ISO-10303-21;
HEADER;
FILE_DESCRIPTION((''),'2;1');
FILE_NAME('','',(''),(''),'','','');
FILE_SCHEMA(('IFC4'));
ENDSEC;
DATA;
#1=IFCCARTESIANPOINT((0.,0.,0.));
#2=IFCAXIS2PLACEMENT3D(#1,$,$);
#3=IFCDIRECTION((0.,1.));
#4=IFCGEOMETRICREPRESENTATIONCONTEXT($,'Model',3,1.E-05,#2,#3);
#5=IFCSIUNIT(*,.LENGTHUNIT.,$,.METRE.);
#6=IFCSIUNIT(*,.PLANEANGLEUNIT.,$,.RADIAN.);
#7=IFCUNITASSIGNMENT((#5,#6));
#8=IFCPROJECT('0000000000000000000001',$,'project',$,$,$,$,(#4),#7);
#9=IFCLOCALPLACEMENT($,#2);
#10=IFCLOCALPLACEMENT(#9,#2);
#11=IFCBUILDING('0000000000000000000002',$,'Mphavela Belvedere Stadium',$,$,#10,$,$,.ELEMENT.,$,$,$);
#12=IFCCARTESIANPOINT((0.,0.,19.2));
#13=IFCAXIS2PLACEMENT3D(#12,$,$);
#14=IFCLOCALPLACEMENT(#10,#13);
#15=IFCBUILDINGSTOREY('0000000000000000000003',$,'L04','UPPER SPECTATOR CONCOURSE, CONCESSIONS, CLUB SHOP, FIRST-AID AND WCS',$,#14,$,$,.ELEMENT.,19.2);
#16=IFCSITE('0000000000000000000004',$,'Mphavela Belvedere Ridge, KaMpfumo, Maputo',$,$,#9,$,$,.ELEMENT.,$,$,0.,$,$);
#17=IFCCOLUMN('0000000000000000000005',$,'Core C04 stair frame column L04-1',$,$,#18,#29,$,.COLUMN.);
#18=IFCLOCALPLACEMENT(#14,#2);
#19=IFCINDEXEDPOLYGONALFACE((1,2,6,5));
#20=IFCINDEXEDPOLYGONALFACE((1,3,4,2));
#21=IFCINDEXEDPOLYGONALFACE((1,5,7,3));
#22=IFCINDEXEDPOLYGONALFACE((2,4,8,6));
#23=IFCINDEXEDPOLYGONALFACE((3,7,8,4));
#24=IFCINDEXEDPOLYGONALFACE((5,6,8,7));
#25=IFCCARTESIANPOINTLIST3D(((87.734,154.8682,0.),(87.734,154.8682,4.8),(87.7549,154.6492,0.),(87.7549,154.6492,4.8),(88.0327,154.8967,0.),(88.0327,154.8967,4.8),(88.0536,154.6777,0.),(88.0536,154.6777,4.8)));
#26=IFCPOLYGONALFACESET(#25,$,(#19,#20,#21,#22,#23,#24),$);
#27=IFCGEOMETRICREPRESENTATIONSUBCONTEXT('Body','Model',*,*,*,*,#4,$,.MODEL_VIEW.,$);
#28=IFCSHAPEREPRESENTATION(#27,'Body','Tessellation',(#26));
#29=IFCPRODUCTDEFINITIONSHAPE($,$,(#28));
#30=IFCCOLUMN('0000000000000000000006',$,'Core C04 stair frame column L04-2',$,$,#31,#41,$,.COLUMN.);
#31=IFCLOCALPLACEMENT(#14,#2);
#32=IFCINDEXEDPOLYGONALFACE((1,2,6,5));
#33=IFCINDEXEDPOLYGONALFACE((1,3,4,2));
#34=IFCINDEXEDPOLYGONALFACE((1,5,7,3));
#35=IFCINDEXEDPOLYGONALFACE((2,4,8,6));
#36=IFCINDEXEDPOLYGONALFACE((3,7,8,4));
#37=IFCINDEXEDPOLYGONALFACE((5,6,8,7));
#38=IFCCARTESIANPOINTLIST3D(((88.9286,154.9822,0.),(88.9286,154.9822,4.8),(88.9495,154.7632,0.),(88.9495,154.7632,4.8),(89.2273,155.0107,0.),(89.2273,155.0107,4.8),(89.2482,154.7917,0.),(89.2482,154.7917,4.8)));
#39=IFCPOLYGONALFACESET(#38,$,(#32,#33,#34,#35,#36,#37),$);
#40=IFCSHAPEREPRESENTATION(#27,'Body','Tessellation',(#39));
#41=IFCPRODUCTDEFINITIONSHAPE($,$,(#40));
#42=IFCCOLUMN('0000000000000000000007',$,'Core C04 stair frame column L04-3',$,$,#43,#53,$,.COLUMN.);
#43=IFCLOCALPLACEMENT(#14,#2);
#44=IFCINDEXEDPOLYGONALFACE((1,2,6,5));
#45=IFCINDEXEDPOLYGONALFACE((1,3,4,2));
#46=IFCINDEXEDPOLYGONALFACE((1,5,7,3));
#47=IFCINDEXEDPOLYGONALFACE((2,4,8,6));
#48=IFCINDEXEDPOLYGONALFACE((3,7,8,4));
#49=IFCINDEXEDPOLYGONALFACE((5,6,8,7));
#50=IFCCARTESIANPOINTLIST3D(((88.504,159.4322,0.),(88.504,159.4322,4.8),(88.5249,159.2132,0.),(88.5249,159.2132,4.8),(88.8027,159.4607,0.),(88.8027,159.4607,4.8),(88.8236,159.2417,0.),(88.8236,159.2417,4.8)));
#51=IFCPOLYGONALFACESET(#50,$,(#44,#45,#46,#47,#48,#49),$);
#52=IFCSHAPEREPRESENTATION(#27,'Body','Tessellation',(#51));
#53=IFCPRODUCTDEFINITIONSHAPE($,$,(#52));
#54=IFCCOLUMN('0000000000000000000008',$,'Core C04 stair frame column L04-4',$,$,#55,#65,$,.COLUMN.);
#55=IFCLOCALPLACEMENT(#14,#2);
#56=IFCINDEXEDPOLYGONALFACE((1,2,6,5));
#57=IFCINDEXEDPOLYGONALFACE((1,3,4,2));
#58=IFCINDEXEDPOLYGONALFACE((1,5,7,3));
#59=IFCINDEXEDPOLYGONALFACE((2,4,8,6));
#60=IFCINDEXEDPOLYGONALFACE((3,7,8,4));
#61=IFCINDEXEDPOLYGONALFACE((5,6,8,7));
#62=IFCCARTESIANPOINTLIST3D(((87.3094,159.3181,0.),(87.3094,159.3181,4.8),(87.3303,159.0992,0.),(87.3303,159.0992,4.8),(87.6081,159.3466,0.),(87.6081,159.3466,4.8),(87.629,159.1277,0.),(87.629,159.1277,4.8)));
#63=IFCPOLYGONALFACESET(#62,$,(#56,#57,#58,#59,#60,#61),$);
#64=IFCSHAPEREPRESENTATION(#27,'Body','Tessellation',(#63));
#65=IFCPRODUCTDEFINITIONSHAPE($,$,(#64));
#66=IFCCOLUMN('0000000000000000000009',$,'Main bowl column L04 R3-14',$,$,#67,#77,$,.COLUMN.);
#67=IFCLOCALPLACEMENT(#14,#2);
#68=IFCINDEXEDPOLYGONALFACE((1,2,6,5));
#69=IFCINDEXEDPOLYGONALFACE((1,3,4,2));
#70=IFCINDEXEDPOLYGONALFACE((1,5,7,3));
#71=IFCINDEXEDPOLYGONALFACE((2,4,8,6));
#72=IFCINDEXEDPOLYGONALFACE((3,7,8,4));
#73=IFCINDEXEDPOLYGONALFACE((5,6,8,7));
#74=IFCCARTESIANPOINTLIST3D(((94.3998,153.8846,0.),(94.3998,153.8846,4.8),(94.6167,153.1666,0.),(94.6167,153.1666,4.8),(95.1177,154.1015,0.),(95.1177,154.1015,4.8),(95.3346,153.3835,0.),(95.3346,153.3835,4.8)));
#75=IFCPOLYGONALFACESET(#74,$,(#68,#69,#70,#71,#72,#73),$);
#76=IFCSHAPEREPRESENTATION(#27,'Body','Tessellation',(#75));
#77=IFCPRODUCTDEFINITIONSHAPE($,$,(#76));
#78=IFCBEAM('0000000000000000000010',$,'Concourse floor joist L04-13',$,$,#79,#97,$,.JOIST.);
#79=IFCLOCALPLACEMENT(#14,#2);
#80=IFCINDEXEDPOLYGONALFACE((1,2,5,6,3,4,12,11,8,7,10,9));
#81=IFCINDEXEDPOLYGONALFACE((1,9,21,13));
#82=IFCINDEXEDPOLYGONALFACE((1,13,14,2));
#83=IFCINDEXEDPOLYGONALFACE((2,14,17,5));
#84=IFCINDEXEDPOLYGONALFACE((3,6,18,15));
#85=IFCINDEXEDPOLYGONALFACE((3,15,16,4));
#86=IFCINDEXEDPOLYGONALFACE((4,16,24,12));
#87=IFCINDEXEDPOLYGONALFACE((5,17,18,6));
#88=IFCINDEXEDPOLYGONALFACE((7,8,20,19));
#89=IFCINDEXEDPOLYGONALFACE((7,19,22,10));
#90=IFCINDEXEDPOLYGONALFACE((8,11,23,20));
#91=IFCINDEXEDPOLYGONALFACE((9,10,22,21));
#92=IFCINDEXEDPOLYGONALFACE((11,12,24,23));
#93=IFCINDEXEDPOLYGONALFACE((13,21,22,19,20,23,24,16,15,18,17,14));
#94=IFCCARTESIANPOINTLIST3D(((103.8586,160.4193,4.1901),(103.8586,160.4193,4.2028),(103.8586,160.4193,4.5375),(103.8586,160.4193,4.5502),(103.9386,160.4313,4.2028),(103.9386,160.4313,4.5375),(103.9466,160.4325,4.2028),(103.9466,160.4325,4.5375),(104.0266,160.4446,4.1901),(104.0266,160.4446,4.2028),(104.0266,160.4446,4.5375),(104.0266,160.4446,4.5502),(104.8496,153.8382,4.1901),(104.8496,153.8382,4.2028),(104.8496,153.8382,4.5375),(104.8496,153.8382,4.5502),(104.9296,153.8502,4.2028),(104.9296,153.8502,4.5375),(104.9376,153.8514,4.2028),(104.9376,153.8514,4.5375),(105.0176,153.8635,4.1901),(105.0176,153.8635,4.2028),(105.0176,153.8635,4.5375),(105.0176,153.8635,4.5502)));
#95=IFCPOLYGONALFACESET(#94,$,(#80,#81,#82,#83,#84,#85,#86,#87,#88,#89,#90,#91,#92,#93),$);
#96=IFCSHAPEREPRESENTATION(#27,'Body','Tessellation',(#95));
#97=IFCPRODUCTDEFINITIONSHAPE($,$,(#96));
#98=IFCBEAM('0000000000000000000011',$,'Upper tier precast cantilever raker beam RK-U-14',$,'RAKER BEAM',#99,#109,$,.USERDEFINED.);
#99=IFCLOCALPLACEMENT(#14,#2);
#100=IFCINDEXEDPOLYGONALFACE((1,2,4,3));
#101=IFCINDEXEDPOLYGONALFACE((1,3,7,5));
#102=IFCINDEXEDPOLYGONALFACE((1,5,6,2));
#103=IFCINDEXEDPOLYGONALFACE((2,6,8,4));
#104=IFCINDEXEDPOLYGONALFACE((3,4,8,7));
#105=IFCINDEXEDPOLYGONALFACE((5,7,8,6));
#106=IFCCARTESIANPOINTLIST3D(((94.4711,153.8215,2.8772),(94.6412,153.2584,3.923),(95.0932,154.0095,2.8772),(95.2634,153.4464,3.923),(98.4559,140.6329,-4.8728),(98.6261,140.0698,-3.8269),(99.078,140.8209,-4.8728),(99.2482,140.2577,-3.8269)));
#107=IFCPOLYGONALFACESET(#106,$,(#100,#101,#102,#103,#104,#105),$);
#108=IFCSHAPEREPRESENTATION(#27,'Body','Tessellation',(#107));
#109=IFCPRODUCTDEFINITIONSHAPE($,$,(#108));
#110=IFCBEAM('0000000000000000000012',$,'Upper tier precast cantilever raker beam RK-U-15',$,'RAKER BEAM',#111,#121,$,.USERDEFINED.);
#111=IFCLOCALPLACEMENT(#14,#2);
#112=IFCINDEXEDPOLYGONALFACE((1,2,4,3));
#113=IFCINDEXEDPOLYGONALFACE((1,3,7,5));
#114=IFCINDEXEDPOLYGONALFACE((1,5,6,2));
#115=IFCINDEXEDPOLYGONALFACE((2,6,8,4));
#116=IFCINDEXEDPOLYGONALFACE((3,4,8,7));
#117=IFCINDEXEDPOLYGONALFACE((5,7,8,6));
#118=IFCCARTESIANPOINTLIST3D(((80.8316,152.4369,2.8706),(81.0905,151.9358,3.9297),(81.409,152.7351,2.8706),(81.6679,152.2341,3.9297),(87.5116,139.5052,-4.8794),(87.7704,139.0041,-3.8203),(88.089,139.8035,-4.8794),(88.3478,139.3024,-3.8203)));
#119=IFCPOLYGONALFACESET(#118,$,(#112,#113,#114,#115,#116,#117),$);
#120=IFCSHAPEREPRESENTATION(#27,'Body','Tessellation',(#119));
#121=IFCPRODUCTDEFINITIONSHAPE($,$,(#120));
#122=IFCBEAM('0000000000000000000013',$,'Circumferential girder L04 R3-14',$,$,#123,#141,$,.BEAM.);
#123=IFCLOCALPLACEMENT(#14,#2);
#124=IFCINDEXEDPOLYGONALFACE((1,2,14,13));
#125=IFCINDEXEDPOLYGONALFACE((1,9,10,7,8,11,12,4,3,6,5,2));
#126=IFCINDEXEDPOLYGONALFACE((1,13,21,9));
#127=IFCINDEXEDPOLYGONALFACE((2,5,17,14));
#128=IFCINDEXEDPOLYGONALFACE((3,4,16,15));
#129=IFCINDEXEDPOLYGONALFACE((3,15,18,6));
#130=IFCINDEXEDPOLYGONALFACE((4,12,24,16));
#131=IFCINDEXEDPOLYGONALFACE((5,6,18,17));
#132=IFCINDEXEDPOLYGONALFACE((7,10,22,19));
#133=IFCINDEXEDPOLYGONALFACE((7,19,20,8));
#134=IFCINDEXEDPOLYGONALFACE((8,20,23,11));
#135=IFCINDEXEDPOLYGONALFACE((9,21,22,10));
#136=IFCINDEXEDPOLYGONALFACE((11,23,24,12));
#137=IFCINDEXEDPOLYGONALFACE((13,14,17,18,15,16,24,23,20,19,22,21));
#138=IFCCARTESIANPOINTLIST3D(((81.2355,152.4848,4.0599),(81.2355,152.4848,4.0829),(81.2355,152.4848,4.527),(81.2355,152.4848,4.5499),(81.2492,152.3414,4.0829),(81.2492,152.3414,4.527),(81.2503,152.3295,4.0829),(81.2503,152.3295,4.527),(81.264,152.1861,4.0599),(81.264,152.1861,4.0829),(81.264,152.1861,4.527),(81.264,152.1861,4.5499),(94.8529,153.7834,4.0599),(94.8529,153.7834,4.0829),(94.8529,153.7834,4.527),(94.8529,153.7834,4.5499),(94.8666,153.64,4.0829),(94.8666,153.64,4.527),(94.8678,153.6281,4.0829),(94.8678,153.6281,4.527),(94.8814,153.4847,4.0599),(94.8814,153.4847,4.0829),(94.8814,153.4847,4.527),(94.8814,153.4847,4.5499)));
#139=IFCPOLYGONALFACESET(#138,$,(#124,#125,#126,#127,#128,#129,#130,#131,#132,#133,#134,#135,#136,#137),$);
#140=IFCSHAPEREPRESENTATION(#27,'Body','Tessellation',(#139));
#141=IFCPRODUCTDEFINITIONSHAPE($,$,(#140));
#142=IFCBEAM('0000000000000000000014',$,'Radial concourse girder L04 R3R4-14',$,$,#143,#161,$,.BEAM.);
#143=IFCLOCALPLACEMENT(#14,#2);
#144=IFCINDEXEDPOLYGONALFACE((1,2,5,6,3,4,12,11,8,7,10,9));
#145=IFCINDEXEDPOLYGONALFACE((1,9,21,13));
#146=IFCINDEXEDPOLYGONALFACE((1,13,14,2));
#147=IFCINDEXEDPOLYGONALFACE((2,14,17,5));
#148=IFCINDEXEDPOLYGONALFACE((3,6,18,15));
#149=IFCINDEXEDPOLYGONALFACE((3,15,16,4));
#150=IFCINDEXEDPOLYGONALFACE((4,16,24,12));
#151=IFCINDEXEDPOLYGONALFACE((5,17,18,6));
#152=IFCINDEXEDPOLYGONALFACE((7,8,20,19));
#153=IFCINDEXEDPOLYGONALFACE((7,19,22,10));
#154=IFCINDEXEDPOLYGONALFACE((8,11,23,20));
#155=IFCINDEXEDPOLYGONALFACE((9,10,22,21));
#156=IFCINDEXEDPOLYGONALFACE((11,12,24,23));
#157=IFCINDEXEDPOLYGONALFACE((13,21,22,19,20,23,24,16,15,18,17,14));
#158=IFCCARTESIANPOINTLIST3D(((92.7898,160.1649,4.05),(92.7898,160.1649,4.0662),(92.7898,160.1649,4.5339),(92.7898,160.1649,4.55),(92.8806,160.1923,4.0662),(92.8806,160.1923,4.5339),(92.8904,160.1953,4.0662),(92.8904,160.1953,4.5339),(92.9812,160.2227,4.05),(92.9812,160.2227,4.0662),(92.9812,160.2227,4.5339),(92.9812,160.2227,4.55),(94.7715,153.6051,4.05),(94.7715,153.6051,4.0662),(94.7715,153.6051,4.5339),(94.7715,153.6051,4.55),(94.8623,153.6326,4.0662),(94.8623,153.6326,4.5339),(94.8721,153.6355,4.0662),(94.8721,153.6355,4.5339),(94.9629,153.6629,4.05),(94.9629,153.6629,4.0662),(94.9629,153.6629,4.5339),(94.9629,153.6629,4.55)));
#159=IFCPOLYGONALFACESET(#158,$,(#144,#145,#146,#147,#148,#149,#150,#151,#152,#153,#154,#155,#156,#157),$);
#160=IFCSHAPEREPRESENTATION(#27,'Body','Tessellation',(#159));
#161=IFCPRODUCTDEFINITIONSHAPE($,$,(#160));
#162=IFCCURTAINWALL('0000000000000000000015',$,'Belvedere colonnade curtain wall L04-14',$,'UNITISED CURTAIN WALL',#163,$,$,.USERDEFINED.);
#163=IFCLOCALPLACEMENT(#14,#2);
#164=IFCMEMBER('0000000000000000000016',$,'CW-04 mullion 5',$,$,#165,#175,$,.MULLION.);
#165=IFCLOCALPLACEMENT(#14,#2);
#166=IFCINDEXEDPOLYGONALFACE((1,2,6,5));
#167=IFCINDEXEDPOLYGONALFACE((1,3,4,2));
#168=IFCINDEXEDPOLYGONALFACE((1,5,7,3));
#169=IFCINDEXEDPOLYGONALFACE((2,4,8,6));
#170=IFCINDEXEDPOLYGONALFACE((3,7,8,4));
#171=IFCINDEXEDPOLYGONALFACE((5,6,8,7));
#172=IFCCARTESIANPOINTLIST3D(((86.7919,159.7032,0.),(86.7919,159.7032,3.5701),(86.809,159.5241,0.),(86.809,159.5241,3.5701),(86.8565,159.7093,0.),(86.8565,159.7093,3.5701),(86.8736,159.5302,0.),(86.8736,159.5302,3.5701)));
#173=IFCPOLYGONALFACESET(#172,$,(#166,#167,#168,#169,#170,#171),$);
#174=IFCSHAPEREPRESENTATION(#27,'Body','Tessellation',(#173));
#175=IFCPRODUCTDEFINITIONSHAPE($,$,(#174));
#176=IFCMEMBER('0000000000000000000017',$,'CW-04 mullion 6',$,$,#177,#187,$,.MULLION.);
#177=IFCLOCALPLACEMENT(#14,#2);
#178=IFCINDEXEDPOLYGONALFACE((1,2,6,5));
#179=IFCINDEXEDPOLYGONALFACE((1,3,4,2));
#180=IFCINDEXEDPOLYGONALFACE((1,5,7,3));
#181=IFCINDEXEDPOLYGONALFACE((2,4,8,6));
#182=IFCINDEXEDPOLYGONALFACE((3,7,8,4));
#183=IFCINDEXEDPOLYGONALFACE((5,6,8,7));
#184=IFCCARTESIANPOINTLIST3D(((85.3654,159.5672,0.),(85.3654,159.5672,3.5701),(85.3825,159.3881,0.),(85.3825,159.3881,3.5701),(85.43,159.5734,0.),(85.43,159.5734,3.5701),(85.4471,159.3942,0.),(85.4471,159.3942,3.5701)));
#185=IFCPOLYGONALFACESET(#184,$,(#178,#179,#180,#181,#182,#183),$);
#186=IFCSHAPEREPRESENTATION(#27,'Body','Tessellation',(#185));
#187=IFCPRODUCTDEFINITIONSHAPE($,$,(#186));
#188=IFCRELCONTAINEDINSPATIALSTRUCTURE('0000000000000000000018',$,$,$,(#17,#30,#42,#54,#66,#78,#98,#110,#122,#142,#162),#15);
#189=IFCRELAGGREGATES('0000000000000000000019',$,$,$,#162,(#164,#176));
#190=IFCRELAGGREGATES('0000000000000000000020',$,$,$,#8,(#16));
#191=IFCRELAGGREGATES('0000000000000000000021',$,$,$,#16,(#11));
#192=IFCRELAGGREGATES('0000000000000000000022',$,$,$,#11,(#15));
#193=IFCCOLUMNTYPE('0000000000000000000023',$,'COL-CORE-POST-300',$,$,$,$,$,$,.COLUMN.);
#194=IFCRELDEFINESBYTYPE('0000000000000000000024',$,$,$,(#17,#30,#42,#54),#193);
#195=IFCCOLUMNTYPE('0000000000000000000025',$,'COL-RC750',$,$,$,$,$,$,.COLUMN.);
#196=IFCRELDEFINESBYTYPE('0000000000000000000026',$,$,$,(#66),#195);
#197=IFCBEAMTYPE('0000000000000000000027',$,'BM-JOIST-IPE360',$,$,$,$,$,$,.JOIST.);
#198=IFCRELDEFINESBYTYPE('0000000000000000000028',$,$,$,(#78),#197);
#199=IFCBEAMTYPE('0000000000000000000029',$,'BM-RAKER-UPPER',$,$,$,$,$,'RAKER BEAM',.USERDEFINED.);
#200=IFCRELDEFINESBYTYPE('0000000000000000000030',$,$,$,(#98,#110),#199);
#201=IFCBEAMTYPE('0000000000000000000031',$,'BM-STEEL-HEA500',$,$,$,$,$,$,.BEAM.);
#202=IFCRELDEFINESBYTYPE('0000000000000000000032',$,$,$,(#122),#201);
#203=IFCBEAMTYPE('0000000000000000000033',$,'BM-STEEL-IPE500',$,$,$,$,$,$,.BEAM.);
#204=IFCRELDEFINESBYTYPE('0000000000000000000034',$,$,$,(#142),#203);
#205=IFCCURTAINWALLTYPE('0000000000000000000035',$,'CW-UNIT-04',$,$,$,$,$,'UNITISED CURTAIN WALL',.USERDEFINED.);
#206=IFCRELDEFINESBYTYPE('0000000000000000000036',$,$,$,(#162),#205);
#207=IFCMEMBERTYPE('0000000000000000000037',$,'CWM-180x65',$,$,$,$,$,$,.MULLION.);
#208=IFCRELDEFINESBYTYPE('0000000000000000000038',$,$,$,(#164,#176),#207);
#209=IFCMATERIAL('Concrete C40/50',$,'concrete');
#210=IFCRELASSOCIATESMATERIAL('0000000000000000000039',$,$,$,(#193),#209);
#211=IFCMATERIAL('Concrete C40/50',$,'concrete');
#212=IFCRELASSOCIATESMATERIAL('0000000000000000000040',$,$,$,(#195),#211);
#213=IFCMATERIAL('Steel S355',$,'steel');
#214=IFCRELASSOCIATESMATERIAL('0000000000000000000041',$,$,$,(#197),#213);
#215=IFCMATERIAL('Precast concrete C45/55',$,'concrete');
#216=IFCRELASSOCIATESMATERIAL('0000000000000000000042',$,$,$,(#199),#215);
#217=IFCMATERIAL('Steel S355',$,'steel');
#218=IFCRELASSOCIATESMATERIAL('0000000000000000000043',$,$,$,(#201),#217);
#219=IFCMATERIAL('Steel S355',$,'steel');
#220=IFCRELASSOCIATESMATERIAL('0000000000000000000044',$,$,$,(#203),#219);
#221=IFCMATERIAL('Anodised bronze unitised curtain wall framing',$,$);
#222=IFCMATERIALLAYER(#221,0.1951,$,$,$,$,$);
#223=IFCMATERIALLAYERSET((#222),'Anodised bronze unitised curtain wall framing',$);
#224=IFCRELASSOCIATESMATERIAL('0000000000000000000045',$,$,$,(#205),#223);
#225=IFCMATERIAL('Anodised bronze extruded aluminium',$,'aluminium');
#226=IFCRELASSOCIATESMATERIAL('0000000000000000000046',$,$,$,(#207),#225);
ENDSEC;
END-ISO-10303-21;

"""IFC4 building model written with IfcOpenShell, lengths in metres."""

from ifc_helpers import new_model, si_unit, direction, frame, origin, origin_2d, place, context, subcontext, project, spatial, rectangle, i_section, extrude, material, layer, layer_set, material_profile, profile_set, type_object, element, aggregate, save


model = new_model("IFC4")

# Units and contexts
model_context = context("Model", 3, precision=1e-05, world=origin(), true_north=direction((0.0, 1.0)))
body_context = subcontext(model_context, "Body", "Model", "MODEL_VIEW")
ifc_project = project(units=[si_unit("LENGTHUNIT", "METRE"), si_unit("PLANEANGLEUNIT", "RADIAN")], contexts=[model_context])

# Site, building, storey
site_placement = place(None, origin())
site = spatial("IfcSite", under=ifc_project, at=site_placement, Name="Mphavela Belvedere Ridge, KaMpfumo, Maputo", CompositionType="ELEMENT", RefElevation=0.0)
building_placement = place(site_placement, origin())
building = spatial("IfcBuilding", under=site, at=building_placement, Name="Mphavela Belvedere Stadium", CompositionType="ELEMENT")
storey_placement = place(building_placement, frame((0.0, 0.0, 19.2)))
storey = spatial("IfcBuildingStorey", under=building, at=storey_placement, Name="L04", Description="UPPER SPECTATOR CONCOURSE, CONCESSIONS, CLUB SHOP, FIRST-AID AND WCS", CompositionType="ELEMENT", Elevation=19.2)

# Columns
ifc_material_1 = material(Name="Concrete C40/50", Category="concrete")
ifc_material_profile_1 = material_profile(ifc_material_1, rectangle(XDim=0.3, YDim=0.22, at=origin_2d()), Name="RC 300x220")
ifc_profile_set_1 = profile_set([ifc_material_profile_1], Name="Concrete C40/50")
column_type_1 = type_object("IfcColumnType", Name="COL-CORE-POST-300", PredefinedType="COLUMN", material=ifc_profile_set_1)
for number, where, z_axis, x_axis, name in (
    (1, (87.8938, 154.7729, 0.0), (0.0, 0.0, 1.0), (0.995479, 0.094977, 0.0), "Core C04 stair frame column L04-1"),
    (2, (89.0884, 154.887, 0.0), (0.0, 0.0, 1.0), (0.995479, 0.094977, 0.0), "Core C04 stair frame column L04-2"),
    (3, (88.6638, 159.3369, 0.0), (0.0, 0.0, 1.0), (0.995479, 0.094977, 0.0), "Core C04 stair frame column L04-3"),
    (4, (87.4692, 159.2229, 0.0), (0.0, 0.0, 1.0), (0.995479, 0.094977, 0.0), "Core C04 stair frame column L04-4"),
):
    element("IfcColumn", number, at=place(storey_placement, frame(where, z_axis=z_axis, x_axis=x_axis)), inside=storey, type_object=column_type_1, Name=name, PredefinedType="COLUMN", context=body_context, shape_type="SweptSolid", body=[
        extrude(rectangle(XDim=0.3, YDim=0.22, at=origin_2d()), origin(), (0.0, 0.0, 1.0), 4.8),
    ])
ifc_material_2 = material(Name="Concrete C40/50", Category="concrete")
ifc_material_profile_2 = material_profile(ifc_material_2, rectangle(XDim=0.75, YDim=0.75, at=origin_2d()), Name="RC 750x750")
ifc_profile_set_2 = profile_set([ifc_material_profile_2], Name="Concrete C40/50")
column_type_2 = type_object("IfcColumnType", Name="COL-RC750", PredefinedType="COLUMN", material=ifc_profile_set_2)
column_placement = place(storey_placement, frame((94.8672, 153.634, 0.0), z_axis=(0.0, 0.0, 1.0), x_axis=(-0.289199, 0.957269, 0.0)))
element("IfcColumn", 5, at=column_placement, inside=storey, type_object=column_type_2, Name="Main bowl column L04 R3-14", PredefinedType="COLUMN", context=body_context, shape_type="SweptSolid", body=[
    extrude(rectangle(XDim=0.75, YDim=0.75, at=origin_2d()), origin(), (0.0, 0.0, 1.0), 4.8),
])

# Beams
ifc_material_3 = material(Name="Steel S355", Category="steel")
ifc_material_profile_3 = material_profile(ifc_material_3, i_section(OverallWidth=0.1699, OverallDepth=0.3601, WebThickness=0.0081, FlangeThickness=0.0127, at=origin_2d()), Name="IPE 360")
ifc_profile_set_3 = profile_set([ifc_material_profile_3], Name="Steel S355")
beam_type_1 = type_object("IfcBeamType", Name="BM-JOIST-IPE360", PredefinedType="JOIST", material=ifc_profile_set_3)
beam_1_placement = place(storey_placement, frame((104.9336, 153.8508, 4.3701), z_axis=(-0.1489, 0.988852, 0.0), x_axis=(-0.988852, -0.1489, 0.0)))
element("IfcBeam", 6, at=beam_1_placement, inside=storey, type_object=beam_type_1, Name="Concourse floor joist L04-13", PredefinedType="JOIST", context=body_context, shape_type="SweptSolid", body=[
    extrude(i_section(OverallWidth=0.1699, OverallDepth=0.3601, WebThickness=0.0081, FlangeThickness=0.0127, at=origin_2d()), origin(), (0.0, 0.0, 1.0), 6.6553),
])
ifc_material_4 = material(Name="Precast concrete C45/55", Category="concrete")
ifc_material_profile_4 = material_profile(ifc_material_4, rectangle(XDim=0.6499, YDim=1.2, at=origin_2d()), Name="PC 650x1200")
ifc_profile_set_4 = profile_set([ifc_material_profile_4], Name="Precast concrete C45/55")
beam_type_2 = type_object("IfcBeamType", Name="BM-RAKER-UPPER", ElementType="RAKER BEAM", PredefinedType="USERDEFINED", material=ifc_profile_set_4)
beam_2_placement = place(storey_placement, frame((98.8521, 140.4453, -4.3499), z_axis=(-0.252083, 0.834322, 0.490267), x_axis=(-0.95726, -0.289228, 0.0)))
element("IfcBeam", 7, at=beam_2_placement, inside=storey, type_object=beam_type_2, Name="Upper tier precast cantilever raker beam RK-U-14", ObjectType="RAKER BEAM", PredefinedType="USERDEFINED", context=body_context, shape_type="SweptSolid", body=[
    extrude(rectangle(XDim=0.6499, YDim=1.2, at=origin_2d()), origin(), (0.0, 0.0, 1.0), 15.8076),
])
beam_3_placement = place(storey_placement, frame((87.9297, 139.4038, -4.3499), z_axis=(-0.405096, 0.784224, 0.469989), x_axis=(-0.888466, -0.458943, 0.0)))
element("IfcBeam", 8, at=beam_3_placement, inside=storey, type_object=beam_type_2, Name="Upper tier precast cantilever raker beam RK-U-15", ObjectType="RAKER BEAM", PredefinedType="USERDEFINED", context=body_context, shape_type="SweptSolid", body=[
    extrude(rectangle(XDim=0.6499, YDim=1.2, at=origin_2d()), origin(), (0.0, 0.0, 1.0), 16.4897),
])
ifc_material_5 = material(Name="Steel S355", Category="steel")
ifc_material_profile_5 = material_profile(ifc_material_5, i_section(OverallWidth=0.3, OverallDepth=0.49, WebThickness=0.012, FlangeThickness=0.0229, at=origin_2d()), Name="HEA 500")
ifc_profile_set_5 = profile_set([ifc_material_profile_5], Name="Steel S355")
beam_type_3 = type_object("IfcBeamType", Name="BM-STEEL-HEA500", PredefinedType="BEAM", material=ifc_profile_set_5)
beam_4_placement = place(storey_placement, frame((94.8672, 153.634, 4.3049), z_axis=(-0.995484, -0.094931, 0.0), x_axis=(0.094931, -0.995484, 0.0)))
element("IfcBeam", 9, at=beam_4_placement, inside=storey, type_object=beam_type_3, Name="Circumferential girder L04 R3-14", PredefinedType="BEAM", context=body_context, shape_type="SweptSolid", body=[
    extrude(i_section(OverallWidth=0.3, OverallDepth=0.49, WebThickness=0.012, FlangeThickness=0.0229, at=origin_2d()), origin(), (0.0, 0.0, 1.0), 13.6792),
])
ifc_material_6 = material(Name="Steel S355", Category="steel")
ifc_material_profile_6 = material_profile(ifc_material_6, i_section(OverallWidth=0.2, OverallDepth=0.5, WebThickness=0.0103, FlangeThickness=0.0161, at=origin_2d()), Name="IPE 500")
ifc_profile_set_6 = profile_set([ifc_material_profile_6], Name="Steel S355")
beam_type_4 = type_object("IfcBeamType", Name="BM-STEEL-IPE500", PredefinedType="BEAM", material=ifc_profile_set_6)
beam_5_placement = place(storey_placement, frame((94.8672, 153.634, 4.3), z_axis=(-0.289188, 0.957272, 0.0), x_axis=(-0.957272, -0.289188, 0.0)))
element("IfcBeam", 10, at=beam_5_placement, inside=storey, type_object=beam_type_4, Name="Radial concourse girder L04 R3R4-14", PredefinedType="BEAM", context=body_context, shape_type="SweptSolid", body=[
    extrude(i_section(OverallWidth=0.2, OverallDepth=0.5, WebThickness=0.0103, FlangeThickness=0.0161, at=origin_2d()), origin(), (0.0, 0.0, 1.0), 6.8525),
])

# Curtain wall, members
ifc_material_7 = material(Name="Anodised bronze unitised curtain wall framing")
ifc_layer_1 = layer(ifc_material_7, 0.1951)
ifc_layer_set_1 = layer_set([ifc_layer_1], Name="Anodised bronze unitised curtain wall framing")
curtain_wall_type = type_object("IfcCurtainWallType", Name="CW-UNIT-04", ElementType="UNITISED CURTAIN WALL", PredefinedType="USERDEFINED", material=ifc_layer_set_1)
curtain_wall_placement = place(storey_placement, origin())
curtain_wall = element("IfcCurtainWall", 11, at=curtain_wall_placement, inside=storey, type_object=curtain_wall_type, Name="Belvedere colonnade curtain wall L04-14", ObjectType="UNITISED CURTAIN WALL", PredefinedType="USERDEFINED")
ifc_material_8 = material(Name="Anodised bronze extruded aluminium", Category="aluminium")
ifc_material_profile_7 = material_profile(ifc_material_8, rectangle(XDim=0.1799, YDim=0.0649, at=origin_2d()), Name="CW-MUL 180x65")
ifc_profile_set_7 = profile_set([ifc_material_profile_7], Name="Anodised bronze extruded aluminium")
member_type_1 = type_object("IfcMemberType", Name="CWM-180x65", PredefinedType="MULLION", material=ifc_profile_set_7)
member_1_placement = place(storey_placement, frame((86.8328, 159.6167, 0.0), z_axis=(0.0, 0.0, 1.0), x_axis=(0.094933, -0.995484, 0.0)))
member_1 = element("IfcMember", 12, at=member_1_placement, type_object=member_type_1, Name="CW-04 mullion 5", PredefinedType="MULLION", context=body_context, shape_type="SweptSolid", body=[
    extrude(rectangle(XDim=0.1799, YDim=0.0649, at=origin_2d()), origin(), (0.0, 0.0, 1.0), 3.5701),
])
member_2_placement = place(storey_placement, frame((85.4062, 159.4807, 0.0), z_axis=(0.0, 0.0, 1.0), x_axis=(0.094933, -0.995484, 0.0)))
member_2 = element("IfcMember", 13, at=member_2_placement, type_object=member_type_1, Name="CW-04 mullion 6", PredefinedType="MULLION", context=body_context, shape_type="SweptSolid", body=[
    extrude(rectangle(XDim=0.1799, YDim=0.0649, at=origin_2d()), origin(), (0.0, 0.0, 1.0), 3.5701),
])
aggregate(curtain_wall, [member_1, member_2])

save(model, "model.ifc")
